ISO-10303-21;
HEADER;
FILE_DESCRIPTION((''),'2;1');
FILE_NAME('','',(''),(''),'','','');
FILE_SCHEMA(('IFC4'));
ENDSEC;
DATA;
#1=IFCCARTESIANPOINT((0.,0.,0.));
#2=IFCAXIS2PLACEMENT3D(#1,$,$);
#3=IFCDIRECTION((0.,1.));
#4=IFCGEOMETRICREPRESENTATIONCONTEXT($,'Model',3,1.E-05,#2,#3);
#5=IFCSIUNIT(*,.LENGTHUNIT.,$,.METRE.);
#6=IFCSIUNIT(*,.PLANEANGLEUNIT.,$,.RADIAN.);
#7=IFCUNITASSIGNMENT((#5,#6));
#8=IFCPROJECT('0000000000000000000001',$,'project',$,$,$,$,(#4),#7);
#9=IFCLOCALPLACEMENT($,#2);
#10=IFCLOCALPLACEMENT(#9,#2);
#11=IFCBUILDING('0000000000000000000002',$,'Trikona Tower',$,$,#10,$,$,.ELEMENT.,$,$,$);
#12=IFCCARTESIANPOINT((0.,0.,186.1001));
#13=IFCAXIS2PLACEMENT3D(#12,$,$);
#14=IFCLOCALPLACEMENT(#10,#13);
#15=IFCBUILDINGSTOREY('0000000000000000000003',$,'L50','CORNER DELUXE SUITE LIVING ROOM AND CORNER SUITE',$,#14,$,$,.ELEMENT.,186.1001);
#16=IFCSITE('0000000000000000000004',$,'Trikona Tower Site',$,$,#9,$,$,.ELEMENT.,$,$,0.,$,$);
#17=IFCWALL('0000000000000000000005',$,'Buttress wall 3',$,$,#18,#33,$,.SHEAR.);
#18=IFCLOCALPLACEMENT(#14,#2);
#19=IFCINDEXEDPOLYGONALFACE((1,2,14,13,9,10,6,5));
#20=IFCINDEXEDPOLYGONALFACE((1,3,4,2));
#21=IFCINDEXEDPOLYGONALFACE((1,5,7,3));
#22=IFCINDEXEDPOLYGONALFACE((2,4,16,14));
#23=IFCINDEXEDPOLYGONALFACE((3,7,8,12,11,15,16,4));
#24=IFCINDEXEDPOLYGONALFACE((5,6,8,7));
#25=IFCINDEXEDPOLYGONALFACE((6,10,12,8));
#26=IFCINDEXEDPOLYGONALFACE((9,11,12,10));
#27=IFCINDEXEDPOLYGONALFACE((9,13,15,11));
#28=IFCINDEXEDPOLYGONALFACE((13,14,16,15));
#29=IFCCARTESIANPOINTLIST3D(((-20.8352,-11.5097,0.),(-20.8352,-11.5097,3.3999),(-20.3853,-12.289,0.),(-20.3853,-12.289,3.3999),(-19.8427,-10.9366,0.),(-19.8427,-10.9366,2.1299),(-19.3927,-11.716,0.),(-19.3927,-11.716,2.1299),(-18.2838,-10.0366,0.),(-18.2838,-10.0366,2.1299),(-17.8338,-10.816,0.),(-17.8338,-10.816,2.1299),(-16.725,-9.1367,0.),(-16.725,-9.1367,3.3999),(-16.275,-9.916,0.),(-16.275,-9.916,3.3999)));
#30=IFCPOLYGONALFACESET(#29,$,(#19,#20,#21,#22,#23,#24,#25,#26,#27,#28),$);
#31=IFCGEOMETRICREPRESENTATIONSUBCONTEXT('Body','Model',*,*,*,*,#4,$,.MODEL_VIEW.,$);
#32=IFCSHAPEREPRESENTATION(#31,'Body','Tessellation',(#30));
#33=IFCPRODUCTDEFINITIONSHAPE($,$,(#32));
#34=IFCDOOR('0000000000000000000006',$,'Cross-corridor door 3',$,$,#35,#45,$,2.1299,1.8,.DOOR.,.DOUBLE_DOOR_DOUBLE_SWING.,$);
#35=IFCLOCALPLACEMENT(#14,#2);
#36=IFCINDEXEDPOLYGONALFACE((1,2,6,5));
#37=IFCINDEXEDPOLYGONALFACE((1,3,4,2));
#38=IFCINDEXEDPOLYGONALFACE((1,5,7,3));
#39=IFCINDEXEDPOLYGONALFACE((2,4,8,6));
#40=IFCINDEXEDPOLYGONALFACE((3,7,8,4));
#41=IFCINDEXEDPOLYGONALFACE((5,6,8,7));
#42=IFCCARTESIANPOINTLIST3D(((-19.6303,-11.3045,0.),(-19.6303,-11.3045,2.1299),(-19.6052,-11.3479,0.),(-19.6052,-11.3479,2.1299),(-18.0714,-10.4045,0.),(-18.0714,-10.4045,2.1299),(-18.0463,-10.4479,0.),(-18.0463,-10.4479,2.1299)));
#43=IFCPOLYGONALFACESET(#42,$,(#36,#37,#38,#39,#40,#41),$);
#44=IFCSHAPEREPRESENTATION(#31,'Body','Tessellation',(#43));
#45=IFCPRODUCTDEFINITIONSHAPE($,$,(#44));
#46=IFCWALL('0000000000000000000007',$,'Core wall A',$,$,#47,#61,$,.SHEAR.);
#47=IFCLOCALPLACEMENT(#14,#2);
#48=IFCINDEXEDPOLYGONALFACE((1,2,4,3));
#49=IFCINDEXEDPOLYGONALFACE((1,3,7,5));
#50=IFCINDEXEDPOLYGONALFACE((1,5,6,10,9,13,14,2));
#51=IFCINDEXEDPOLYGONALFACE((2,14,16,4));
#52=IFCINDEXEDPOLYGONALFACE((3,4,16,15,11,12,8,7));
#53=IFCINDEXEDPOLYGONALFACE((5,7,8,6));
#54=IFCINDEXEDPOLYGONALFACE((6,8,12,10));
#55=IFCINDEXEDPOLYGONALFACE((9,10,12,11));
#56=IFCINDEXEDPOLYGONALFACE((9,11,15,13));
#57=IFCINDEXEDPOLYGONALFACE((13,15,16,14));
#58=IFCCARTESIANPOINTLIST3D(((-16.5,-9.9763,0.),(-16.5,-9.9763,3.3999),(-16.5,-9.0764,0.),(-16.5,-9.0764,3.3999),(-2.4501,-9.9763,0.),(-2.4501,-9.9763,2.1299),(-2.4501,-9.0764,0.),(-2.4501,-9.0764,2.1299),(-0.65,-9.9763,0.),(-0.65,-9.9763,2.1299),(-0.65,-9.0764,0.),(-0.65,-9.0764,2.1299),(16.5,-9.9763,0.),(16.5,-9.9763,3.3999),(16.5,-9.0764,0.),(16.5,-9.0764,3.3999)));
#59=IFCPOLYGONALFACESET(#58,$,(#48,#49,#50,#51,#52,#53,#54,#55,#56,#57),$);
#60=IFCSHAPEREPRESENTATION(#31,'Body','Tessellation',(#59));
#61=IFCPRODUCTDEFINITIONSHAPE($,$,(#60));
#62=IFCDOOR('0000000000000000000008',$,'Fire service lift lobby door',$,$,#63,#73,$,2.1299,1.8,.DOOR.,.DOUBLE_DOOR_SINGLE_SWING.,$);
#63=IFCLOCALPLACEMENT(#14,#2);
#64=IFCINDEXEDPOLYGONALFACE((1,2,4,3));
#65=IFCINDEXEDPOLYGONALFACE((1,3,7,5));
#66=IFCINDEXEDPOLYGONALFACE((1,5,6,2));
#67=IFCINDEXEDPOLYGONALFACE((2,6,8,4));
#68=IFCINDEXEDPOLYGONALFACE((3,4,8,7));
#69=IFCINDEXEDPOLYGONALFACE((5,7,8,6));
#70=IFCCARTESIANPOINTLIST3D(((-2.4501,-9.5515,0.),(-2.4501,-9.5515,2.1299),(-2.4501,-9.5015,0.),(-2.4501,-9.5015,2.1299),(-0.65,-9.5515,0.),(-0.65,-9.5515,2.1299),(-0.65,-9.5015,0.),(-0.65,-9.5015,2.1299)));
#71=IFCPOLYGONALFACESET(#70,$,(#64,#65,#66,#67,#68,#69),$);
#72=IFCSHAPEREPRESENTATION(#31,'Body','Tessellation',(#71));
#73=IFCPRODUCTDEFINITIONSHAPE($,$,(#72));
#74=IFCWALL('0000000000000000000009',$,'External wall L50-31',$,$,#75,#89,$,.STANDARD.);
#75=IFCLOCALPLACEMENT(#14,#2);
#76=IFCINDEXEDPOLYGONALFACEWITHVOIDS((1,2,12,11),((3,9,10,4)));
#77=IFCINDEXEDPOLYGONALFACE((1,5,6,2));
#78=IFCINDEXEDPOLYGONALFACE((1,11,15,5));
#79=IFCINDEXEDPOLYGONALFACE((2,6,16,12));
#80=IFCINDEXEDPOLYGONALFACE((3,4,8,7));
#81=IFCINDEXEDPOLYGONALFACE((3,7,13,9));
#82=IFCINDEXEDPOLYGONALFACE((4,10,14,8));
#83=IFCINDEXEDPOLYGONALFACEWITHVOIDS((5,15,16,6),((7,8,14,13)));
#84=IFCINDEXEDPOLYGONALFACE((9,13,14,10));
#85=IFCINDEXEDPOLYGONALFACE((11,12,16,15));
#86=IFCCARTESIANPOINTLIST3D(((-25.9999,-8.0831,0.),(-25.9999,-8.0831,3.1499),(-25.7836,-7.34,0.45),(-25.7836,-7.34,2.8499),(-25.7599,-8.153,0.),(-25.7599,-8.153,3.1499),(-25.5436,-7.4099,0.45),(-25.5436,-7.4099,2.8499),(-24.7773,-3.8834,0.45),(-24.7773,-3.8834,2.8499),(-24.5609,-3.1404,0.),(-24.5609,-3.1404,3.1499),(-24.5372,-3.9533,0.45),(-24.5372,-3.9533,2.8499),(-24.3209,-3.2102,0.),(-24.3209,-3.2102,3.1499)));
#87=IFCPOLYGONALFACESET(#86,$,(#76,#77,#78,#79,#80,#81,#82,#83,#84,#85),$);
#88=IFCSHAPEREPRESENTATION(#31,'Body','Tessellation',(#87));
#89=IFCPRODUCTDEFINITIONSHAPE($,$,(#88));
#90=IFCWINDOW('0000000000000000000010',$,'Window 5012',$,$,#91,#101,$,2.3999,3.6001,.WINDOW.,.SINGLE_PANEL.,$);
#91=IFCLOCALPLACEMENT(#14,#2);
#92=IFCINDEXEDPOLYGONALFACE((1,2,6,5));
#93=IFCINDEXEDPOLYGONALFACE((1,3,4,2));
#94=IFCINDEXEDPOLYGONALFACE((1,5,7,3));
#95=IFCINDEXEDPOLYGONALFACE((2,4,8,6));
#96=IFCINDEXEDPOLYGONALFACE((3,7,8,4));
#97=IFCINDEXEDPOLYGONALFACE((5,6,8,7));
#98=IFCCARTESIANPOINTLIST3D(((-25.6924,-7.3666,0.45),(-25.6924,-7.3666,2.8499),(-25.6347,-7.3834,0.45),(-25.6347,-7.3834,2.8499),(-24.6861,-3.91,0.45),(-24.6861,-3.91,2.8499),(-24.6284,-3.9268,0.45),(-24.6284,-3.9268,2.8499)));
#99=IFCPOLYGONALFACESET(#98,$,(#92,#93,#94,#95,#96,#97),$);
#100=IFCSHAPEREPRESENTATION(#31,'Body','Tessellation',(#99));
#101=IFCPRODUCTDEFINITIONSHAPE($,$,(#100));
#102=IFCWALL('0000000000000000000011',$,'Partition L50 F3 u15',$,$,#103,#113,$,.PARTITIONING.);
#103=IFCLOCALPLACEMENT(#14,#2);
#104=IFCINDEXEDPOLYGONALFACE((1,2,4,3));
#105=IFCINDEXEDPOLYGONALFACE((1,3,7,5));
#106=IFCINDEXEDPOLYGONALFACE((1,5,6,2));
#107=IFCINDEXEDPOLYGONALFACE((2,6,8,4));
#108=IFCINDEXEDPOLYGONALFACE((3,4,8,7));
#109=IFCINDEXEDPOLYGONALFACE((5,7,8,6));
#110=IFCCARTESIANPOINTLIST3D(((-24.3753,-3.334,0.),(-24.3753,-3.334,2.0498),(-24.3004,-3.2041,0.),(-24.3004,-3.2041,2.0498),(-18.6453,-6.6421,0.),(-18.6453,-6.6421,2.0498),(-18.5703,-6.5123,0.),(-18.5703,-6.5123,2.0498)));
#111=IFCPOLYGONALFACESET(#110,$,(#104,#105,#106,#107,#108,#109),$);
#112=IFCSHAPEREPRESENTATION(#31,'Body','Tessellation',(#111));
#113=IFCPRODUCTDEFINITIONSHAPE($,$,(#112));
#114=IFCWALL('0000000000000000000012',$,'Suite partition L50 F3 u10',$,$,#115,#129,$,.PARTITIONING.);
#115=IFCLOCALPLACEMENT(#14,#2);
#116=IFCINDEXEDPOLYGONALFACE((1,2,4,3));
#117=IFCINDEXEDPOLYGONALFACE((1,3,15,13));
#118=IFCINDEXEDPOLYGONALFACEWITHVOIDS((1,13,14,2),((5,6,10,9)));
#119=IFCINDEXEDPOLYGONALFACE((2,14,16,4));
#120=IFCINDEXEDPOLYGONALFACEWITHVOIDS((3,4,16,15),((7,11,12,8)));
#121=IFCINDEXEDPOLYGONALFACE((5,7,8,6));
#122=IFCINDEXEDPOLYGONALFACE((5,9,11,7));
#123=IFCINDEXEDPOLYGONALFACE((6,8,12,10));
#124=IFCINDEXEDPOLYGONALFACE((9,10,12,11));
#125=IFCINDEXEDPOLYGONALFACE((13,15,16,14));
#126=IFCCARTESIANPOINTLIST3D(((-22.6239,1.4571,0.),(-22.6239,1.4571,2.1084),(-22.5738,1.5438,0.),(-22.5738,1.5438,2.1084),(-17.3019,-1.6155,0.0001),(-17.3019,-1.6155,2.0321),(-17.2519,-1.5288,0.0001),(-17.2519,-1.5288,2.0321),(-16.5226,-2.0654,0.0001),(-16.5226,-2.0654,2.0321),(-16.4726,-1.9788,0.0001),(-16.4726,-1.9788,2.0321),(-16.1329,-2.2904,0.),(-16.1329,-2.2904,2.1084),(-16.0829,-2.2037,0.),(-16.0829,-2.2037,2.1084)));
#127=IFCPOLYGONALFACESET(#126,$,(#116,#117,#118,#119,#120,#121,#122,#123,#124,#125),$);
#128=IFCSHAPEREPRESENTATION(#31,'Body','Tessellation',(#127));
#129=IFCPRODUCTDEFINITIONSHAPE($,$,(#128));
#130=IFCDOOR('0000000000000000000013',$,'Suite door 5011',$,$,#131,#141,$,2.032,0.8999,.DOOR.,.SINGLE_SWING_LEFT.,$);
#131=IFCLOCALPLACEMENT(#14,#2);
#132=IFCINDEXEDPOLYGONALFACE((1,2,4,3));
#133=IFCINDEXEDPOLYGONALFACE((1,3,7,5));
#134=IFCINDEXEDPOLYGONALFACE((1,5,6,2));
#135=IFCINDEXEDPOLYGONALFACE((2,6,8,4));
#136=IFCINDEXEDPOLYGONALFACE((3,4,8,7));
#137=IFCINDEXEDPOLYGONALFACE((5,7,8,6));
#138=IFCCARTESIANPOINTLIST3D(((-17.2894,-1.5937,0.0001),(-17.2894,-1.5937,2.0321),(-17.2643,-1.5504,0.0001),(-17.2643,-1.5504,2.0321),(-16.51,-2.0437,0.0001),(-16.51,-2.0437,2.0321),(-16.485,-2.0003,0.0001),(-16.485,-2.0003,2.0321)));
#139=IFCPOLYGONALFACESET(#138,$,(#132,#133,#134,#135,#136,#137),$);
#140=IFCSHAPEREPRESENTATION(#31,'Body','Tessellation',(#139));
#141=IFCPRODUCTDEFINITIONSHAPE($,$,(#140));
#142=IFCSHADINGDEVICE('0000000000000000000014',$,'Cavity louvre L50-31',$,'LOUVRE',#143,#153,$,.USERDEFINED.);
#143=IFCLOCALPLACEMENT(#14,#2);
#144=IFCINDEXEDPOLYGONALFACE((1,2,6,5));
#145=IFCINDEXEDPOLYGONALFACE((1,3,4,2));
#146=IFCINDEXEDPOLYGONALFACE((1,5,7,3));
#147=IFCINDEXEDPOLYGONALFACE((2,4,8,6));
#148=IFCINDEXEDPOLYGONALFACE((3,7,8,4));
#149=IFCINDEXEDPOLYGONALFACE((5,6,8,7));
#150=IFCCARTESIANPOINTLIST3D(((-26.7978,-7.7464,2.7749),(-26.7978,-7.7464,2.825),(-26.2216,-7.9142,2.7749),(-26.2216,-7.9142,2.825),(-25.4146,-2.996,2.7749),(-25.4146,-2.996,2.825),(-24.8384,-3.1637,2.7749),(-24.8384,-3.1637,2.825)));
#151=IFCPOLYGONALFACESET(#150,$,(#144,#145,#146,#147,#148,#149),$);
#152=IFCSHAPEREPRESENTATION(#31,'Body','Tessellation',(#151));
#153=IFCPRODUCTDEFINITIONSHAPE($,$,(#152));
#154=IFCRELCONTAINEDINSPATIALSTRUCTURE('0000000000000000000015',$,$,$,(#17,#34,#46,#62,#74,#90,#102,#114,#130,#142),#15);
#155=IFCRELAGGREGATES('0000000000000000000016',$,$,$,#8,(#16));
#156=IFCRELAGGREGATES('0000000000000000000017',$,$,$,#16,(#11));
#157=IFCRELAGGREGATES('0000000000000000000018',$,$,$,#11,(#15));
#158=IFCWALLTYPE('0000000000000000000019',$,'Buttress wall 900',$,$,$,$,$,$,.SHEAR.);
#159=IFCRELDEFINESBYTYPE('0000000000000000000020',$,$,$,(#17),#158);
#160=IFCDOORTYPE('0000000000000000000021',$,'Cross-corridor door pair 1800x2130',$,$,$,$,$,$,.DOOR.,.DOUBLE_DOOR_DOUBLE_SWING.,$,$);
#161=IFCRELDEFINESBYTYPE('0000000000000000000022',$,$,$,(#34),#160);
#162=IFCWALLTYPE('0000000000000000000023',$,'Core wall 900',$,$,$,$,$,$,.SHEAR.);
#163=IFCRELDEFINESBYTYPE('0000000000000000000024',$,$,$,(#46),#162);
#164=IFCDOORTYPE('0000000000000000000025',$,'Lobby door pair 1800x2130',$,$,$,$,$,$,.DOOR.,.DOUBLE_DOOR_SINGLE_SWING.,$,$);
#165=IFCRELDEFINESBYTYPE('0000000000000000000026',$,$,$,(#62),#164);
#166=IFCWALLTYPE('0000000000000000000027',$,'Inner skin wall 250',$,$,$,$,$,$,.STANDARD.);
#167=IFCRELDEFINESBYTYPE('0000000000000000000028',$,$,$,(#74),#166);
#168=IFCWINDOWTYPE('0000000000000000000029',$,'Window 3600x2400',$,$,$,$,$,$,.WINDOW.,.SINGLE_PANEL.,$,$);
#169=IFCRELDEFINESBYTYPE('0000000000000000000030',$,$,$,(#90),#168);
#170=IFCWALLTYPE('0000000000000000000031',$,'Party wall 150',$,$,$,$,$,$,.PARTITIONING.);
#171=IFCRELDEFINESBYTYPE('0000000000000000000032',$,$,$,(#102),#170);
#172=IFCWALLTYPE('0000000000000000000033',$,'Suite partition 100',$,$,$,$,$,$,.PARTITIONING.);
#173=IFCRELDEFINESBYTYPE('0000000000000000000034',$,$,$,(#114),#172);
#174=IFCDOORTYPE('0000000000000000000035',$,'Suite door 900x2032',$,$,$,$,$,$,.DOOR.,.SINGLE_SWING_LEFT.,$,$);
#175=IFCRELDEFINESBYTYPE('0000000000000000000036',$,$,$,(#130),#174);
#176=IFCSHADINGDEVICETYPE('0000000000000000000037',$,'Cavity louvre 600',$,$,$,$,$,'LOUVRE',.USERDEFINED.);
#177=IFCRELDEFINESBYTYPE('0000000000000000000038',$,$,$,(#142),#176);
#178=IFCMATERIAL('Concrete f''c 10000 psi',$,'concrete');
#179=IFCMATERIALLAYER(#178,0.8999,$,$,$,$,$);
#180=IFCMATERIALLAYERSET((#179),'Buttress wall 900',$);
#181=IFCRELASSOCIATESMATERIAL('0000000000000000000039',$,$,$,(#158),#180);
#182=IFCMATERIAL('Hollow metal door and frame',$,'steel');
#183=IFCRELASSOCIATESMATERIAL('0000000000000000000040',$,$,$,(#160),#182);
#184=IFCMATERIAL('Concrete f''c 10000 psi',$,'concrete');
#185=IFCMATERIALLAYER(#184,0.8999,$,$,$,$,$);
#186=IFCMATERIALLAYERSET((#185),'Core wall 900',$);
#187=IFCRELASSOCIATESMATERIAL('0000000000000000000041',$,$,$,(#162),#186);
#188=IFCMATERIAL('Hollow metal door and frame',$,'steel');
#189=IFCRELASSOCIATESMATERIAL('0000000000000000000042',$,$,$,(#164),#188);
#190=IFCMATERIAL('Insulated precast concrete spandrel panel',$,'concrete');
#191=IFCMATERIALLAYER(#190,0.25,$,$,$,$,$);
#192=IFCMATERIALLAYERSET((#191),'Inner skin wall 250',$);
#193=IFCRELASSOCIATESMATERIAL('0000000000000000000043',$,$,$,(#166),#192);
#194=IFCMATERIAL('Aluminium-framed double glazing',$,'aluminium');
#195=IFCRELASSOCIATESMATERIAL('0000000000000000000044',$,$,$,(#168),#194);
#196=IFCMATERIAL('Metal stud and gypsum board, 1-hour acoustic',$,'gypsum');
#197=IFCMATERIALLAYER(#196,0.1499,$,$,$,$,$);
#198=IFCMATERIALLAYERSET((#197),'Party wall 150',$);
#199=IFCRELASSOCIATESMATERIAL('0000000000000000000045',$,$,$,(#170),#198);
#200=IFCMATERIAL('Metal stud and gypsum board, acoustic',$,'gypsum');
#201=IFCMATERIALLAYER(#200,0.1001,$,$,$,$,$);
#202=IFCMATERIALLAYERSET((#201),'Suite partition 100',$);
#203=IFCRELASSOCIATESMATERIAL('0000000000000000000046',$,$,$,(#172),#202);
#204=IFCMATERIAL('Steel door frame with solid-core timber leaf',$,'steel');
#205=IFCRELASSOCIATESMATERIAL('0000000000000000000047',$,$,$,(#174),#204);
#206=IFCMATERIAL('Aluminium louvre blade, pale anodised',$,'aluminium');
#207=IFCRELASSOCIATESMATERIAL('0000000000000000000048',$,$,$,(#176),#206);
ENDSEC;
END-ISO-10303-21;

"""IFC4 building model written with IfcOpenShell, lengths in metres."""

from ifc_helpers import new_model, si_unit, direction, frame, frame_2d, origin, origin_2d, place, context, subcontext, project, spatial, rectangle, extrude, material, layer, layer_set, type_object, element, fill, save


model = new_model("IFC4")

# Units and contexts
model_context = context("Model", 3, precision=1e-05, world=origin(), true_north=direction((0.0, 1.0)))
body_context = subcontext(model_context, "Body", "Model", "MODEL_VIEW")
ifc_project = project(units=[si_unit("LENGTHUNIT", "METRE"), si_unit("PLANEANGLEUNIT", "RADIAN")], contexts=[model_context])

# Site, building, storey
site_placement = place(None, origin())
site = spatial("IfcSite", under=ifc_project, at=site_placement, Name="Trikona Tower Site", CompositionType="ELEMENT", RefElevation=0.0)
building_placement = place(site_placement, origin())
building = spatial("IfcBuilding", under=site, at=building_placement, Name="Trikona Tower", CompositionType="ELEMENT")
storey_placement = place(building_placement, frame((0.0, 0.0, 186.1001)))
storey = spatial("IfcBuildingStorey", under=building, at=storey_placement, Name="L50", Description="CORNER DELUXE SUITE LIVING ROOM AND CORNER SUITE", CompositionType="ELEMENT", Elevation=186.1001)

# Walls, openings, doors
ifc_material_1 = material(Name="Concrete f'c 10000 psi", Category="concrete")
ifc_layer_1 = layer(ifc_material_1, 0.8999)
ifc_layer_set_1 = layer_set([ifc_layer_1], Name="Buttress wall 900")
wall_type_1 = type_object("IfcWallType", Name="Buttress wall 900", PredefinedType="SHEAR", material=ifc_layer_set_1)
wall_1_placement = place(storey_placement, frame((-16.5, -9.5264, 0.0), z_axis=(0.0, 0.0, 1.0), x_axis=(-0.866031, -0.49999, 0.0)))
wall_1 = element("IfcWall", 1, at=wall_1_placement, inside=storey, type_object=wall_type_1, Name="Buttress wall 3", PredefinedType="SHEAR", context=body_context, shape_type="SweptSolid", body=[
    extrude(rectangle(XDim=4.7461, YDim=0.8999, at=frame_2d((2.373, 0.0))), origin(), (0.0, 0.0, 1.0), 3.3999),
])
opening_1_placement = place(wall_1_placement, frame((1.8, 0.0, 0.0)))
opening_1 = element("IfcOpeningElement", 2, at=opening_1_placement, cuts=wall_1, PredefinedType="OPENING", context=body_context, shape_type="SweptSolid", body=[
    extrude(rectangle(XDim=1.8, YDim=2.1299, at=frame_2d((0.8999, 1.0649))), frame((0.0, 0.46, 0.0), z_axis=(0.0, -1.0, 0.0), x_axis=(1.0, 0.0, 0.0)), (0.0, 0.0, 1.0), 0.9199),
])
ifc_material_2 = material(Name="Hollow metal door and frame", Category="steel")
door_type_1 = type_object("IfcDoorType", Name="Cross-corridor door pair 1800x2130", OperationType="DOUBLE_DOOR_DOUBLE_SWING", PredefinedType="DOOR", material=ifc_material_2)
door_1_placement = place(opening_1_placement, origin())
door_1 = element("IfcDoor", 3, at=door_1_placement, inside=storey, type_object=door_type_1, Name="Cross-corridor door 3", OperationType="DOUBLE_DOOR_DOUBLE_SWING", OverallHeight=2.1299, OverallWidth=1.8, PredefinedType="DOOR", context=body_context, shape_type="SweptSolid", body=[
    extrude(rectangle(XDim=1.8, YDim=2.1299, at=frame_2d((0.8999, 1.0649))), frame((0.0, 0.0249, 0.0), z_axis=(0.0, -1.0, 0.0), x_axis=(1.0, 0.0, 0.0)), (0.0, 0.0, 1.0), 0.05),
])
fill(opening_1, door_1)
ifc_material_3 = material(Name="Concrete f'c 10000 psi", Category="concrete")
ifc_layer_2 = layer(ifc_material_3, 0.8999)
ifc_layer_set_2 = layer_set([ifc_layer_2], Name="Core wall 900")
wall_type_2 = type_object("IfcWallType", Name="Core wall 900", PredefinedType="SHEAR", material=ifc_layer_set_2)
wall_2_placement = place(storey_placement, frame((-16.5, -9.5264, 0.0), z_axis=(0.0, 0.0, 1.0), x_axis=(1.0, 0.0, 0.0)))
wall_2 = element("IfcWall", 4, at=wall_2_placement, inside=storey, type_object=wall_type_2, Name="Core wall A", PredefinedType="SHEAR", context=body_context, shape_type="SweptSolid", body=[
    extrude(rectangle(XDim=33.0, YDim=0.8999, at=frame_2d((16.5, 0.0))), origin(), (0.0, 0.0, 1.0), 3.3999),
])
opening_2_placement = place(wall_2_placement, frame((14.05, 0.0, 0.0)))
opening_2 = element("IfcOpeningElement", 5, at=opening_2_placement, cuts=wall_2, PredefinedType="OPENING", context=body_context, shape_type="SweptSolid", body=[
    extrude(rectangle(XDim=1.8, YDim=2.1299, at=frame_2d((0.8999, 1.0649))), frame((0.0, 0.46, 0.0), z_axis=(0.0, -1.0, 0.0), x_axis=(1.0, 0.0, 0.0)), (0.0, 0.0, 1.0), 0.9199),
])
ifc_material_4 = material(Name="Hollow metal door and frame", Category="steel")
door_type_2 = type_object("IfcDoorType", Name="Lobby door pair 1800x2130", OperationType="DOUBLE_DOOR_SINGLE_SWING", PredefinedType="DOOR", material=ifc_material_4)
door_2_placement = place(opening_2_placement, origin())
door_2 = element("IfcDoor", 6, at=door_2_placement, inside=storey, type_object=door_type_2, Name="Fire service lift lobby door", OperationType="DOUBLE_DOOR_SINGLE_SWING", OverallHeight=2.1299, OverallWidth=1.8, PredefinedType="DOOR", context=body_context, shape_type="SweptSolid", body=[
    extrude(rectangle(XDim=1.8, YDim=2.1299, at=frame_2d((0.8999, 1.0649))), frame((0.0, 0.0249, 0.0), z_axis=(0.0, -1.0, 0.0), x_axis=(1.0, 0.0, 0.0)), (0.0, 0.0, 1.0), 0.05),
])
fill(opening_2, door_2)

# Wall, opening, window
ifc_material_5 = material(Name="Insulated precast concrete spandrel panel", Category="concrete")
ifc_layer_3 = layer(ifc_material_5, 0.25)
ifc_layer_set_3 = layer_set([ifc_layer_3], Name="Inner skin wall 250")
wall_type_3 = type_object("IfcWallType", Name="Inner skin wall 250", PredefinedType="STANDARD", material=ifc_layer_set_3)
wall_3_placement = place(storey_placement, frame((-24.4409, -3.1753, 0.0), z_axis=(0.0, 0.0, 1.0), x_axis=(-0.279528, -0.960137, 0.0)))
wall_3 = element("IfcWall", 7, at=wall_3_placement, inside=storey, type_object=wall_type_3, Name="External wall L50-31", PredefinedType="STANDARD", context=body_context, shape_type="SweptSolid", body=[
    extrude(rectangle(XDim=5.1479, YDim=0.25, at=frame_2d((2.574, 0.0))), origin(), (0.0, 0.0, 1.0), 3.1499),
])
opening_3_placement = place(wall_3_placement, frame((0.7739, 0.0, 0.45)))
opening_3 = element("IfcOpeningElement", 8, at=opening_3_placement, cuts=wall_3, PredefinedType="OPENING", context=body_context, shape_type="SweptSolid", body=[
    extrude(rectangle(XDim=3.6001, YDim=2.3999, at=frame_2d((1.8, 1.2))), frame((0.0, 0.135, 0.0), z_axis=(0.0, -1.0, 0.0), x_axis=(1.0, 0.0, 0.0)), (0.0, 0.0, 1.0), 0.27),
])
ifc_material_6 = material(Name="Aluminium-framed double glazing", Category="aluminium")
window_type_1 = type_object("IfcWindowType", Name="Window 3600x2400", PartitioningType="SINGLE_PANEL", PredefinedType="WINDOW", material=ifc_material_6)
window_1_placement = place(opening_3_placement, origin())
window_1 = element("IfcWindow", 9, at=window_1_placement, inside=storey, type_object=window_type_1, Name="Window 5012", OverallHeight=2.3999, OverallWidth=3.6001, PartitioningType="SINGLE_PANEL", PredefinedType="WINDOW", context=body_context, shape_type="SweptSolid", body=[
    extrude(rectangle(XDim=3.6001, YDim=2.3999, at=frame_2d((1.8, 1.2))), frame((0.0, 0.03, 0.0), z_axis=(0.0, -1.0, 0.0), x_axis=(1.0, 0.0, 0.0)), (0.0, 0.0, 1.0), 0.0601),
])
fill(opening_3, window_1)

# Wall
ifc_material_7 = material(Name="Metal stud and gypsum board, 1-hour acoustic", Category="gypsum")
ifc_layer_4 = layer(ifc_material_7, 0.1499)
ifc_layer_set_4 = layer_set([ifc_layer_4], Name="Party wall 150")
wall_type_4 = type_object("IfcWallType", Name="Party wall 150", PredefinedType="PARTITIONING", material=ifc_layer_set_4)
wall_4_placement = place(storey_placement, frame((-18.6079, -6.5771, 0.0), z_axis=(0.0, 0.0, 1.0), x_axis=(-0.866032, 0.499989, 0.0)))
element("IfcWall", 10, at=wall_4_placement, inside=storey, type_object=wall_type_4, Name="Partition L50 F3 u15", PredefinedType="PARTITIONING", context=body_context, shape_type="SweptSolid", body=[
    extrude(rectangle(XDim=6.6165, YDim=0.1499, at=frame_2d((3.3081, 0.0))), origin(), (0.0, 0.0, 1.0), 2.0498),
])

# Wall, opening, door
ifc_material_8 = material(Name="Metal stud and gypsum board, acoustic", Category="gypsum")
ifc_layer_5 = layer(ifc_material_8, 0.1001)
ifc_layer_set_5 = layer_set([ifc_layer_5], Name="Suite partition 100")
wall_type_5 = type_object("IfcWallType", Name="Suite partition 100", PredefinedType="PARTITIONING", material=ifc_layer_set_5)
wall_5_placement = place(storey_placement, frame((-16.1079, -2.2471, 0.0), z_axis=(0.0, 0.0, 1.0), x_axis=(-0.866026, 0.5, 0.0)))
wall_5 = element("IfcWall", 11, at=wall_5_placement, inside=storey, type_object=wall_type_5, Name="Suite partition L50 F3 u10", PredefinedType="PARTITIONING", context=body_context, shape_type="SweptSolid", body=[
    extrude(rectangle(XDim=7.4951, YDim=0.1001, at=frame_2d((3.7476, 0.0))), origin(), (0.0, 0.0, 1.0), 2.1084),
])
opening_4_placement = place(wall_5_placement, frame((0.45, 0.0, 0.0)))
opening_4 = element("IfcOpeningElement", 12, at=opening_4_placement, cuts=wall_5, PredefinedType="OPENING", context=body_context, shape_type="SweptSolid", body=[
    extrude(rectangle(XDim=0.8999, YDim=2.032, at=frame_2d((0.45, 1.0161))), frame((0.0, 0.0601, 0.0), z_axis=(0.0, -1.0, 0.0), x_axis=(1.0, 0.0, 0.0)), (0.0, 0.0, 1.0), 0.1201),
])
ifc_material_9 = material(Name="Steel door frame with solid-core timber leaf", Category="steel")
door_type_3 = type_object("IfcDoorType", Name="Suite door 900x2032", OperationType="SINGLE_SWING_LEFT", PredefinedType="DOOR", material=ifc_material_9)
door_3_placement = place(opening_4_placement, origin())
door_3 = element("IfcDoor", 13, at=door_3_placement, inside=storey, type_object=door_type_3, Name="Suite door 5011", OperationType="SINGLE_SWING_LEFT", OverallHeight=2.032, OverallWidth=0.8999, PredefinedType="DOOR", context=body_context, shape_type="SweptSolid", body=[
    extrude(rectangle(XDim=0.8999, YDim=2.032, at=frame_2d((0.45, 1.0161))), frame((0.0, 0.0249, 0.0), z_axis=(0.0, -1.0, 0.0), x_axis=(1.0, 0.0, 0.0)), (0.0, 0.0, 1.0), 0.05),
])
fill(opening_4, door_3)

# Shading device
ifc_material_10 = material(Name="Aluminium louvre blade, pale anodised", Category="aluminium")
shading_device_type = type_object("IfcShadingDeviceType", Name="Cavity louvre 600", ElementType="LOUVRE", PredefinedType="USERDEFINED", material=ifc_material_10)
shading_device_placement = place(storey_placement, frame((-25.8181, -5.4551, 2.7749), z_axis=(0.0, 0.0, 1.0), x_axis=(-0.279554, -0.96013, 0.0)))
element("IfcShadingDevice", 14, at=shading_device_placement, inside=storey, type_object=shading_device_type, Name="Cavity louvre L50-31", ObjectType="LOUVRE", PredefinedType="USERDEFINED", context=body_context, shape_type="SweptSolid", body=[
    extrude(rectangle(XDim=4.9478, YDim=0.6001, at=origin_2d()), origin(), (0.0, 0.0, 1.0), 0.05),
])

save(model, "model.ifc")
